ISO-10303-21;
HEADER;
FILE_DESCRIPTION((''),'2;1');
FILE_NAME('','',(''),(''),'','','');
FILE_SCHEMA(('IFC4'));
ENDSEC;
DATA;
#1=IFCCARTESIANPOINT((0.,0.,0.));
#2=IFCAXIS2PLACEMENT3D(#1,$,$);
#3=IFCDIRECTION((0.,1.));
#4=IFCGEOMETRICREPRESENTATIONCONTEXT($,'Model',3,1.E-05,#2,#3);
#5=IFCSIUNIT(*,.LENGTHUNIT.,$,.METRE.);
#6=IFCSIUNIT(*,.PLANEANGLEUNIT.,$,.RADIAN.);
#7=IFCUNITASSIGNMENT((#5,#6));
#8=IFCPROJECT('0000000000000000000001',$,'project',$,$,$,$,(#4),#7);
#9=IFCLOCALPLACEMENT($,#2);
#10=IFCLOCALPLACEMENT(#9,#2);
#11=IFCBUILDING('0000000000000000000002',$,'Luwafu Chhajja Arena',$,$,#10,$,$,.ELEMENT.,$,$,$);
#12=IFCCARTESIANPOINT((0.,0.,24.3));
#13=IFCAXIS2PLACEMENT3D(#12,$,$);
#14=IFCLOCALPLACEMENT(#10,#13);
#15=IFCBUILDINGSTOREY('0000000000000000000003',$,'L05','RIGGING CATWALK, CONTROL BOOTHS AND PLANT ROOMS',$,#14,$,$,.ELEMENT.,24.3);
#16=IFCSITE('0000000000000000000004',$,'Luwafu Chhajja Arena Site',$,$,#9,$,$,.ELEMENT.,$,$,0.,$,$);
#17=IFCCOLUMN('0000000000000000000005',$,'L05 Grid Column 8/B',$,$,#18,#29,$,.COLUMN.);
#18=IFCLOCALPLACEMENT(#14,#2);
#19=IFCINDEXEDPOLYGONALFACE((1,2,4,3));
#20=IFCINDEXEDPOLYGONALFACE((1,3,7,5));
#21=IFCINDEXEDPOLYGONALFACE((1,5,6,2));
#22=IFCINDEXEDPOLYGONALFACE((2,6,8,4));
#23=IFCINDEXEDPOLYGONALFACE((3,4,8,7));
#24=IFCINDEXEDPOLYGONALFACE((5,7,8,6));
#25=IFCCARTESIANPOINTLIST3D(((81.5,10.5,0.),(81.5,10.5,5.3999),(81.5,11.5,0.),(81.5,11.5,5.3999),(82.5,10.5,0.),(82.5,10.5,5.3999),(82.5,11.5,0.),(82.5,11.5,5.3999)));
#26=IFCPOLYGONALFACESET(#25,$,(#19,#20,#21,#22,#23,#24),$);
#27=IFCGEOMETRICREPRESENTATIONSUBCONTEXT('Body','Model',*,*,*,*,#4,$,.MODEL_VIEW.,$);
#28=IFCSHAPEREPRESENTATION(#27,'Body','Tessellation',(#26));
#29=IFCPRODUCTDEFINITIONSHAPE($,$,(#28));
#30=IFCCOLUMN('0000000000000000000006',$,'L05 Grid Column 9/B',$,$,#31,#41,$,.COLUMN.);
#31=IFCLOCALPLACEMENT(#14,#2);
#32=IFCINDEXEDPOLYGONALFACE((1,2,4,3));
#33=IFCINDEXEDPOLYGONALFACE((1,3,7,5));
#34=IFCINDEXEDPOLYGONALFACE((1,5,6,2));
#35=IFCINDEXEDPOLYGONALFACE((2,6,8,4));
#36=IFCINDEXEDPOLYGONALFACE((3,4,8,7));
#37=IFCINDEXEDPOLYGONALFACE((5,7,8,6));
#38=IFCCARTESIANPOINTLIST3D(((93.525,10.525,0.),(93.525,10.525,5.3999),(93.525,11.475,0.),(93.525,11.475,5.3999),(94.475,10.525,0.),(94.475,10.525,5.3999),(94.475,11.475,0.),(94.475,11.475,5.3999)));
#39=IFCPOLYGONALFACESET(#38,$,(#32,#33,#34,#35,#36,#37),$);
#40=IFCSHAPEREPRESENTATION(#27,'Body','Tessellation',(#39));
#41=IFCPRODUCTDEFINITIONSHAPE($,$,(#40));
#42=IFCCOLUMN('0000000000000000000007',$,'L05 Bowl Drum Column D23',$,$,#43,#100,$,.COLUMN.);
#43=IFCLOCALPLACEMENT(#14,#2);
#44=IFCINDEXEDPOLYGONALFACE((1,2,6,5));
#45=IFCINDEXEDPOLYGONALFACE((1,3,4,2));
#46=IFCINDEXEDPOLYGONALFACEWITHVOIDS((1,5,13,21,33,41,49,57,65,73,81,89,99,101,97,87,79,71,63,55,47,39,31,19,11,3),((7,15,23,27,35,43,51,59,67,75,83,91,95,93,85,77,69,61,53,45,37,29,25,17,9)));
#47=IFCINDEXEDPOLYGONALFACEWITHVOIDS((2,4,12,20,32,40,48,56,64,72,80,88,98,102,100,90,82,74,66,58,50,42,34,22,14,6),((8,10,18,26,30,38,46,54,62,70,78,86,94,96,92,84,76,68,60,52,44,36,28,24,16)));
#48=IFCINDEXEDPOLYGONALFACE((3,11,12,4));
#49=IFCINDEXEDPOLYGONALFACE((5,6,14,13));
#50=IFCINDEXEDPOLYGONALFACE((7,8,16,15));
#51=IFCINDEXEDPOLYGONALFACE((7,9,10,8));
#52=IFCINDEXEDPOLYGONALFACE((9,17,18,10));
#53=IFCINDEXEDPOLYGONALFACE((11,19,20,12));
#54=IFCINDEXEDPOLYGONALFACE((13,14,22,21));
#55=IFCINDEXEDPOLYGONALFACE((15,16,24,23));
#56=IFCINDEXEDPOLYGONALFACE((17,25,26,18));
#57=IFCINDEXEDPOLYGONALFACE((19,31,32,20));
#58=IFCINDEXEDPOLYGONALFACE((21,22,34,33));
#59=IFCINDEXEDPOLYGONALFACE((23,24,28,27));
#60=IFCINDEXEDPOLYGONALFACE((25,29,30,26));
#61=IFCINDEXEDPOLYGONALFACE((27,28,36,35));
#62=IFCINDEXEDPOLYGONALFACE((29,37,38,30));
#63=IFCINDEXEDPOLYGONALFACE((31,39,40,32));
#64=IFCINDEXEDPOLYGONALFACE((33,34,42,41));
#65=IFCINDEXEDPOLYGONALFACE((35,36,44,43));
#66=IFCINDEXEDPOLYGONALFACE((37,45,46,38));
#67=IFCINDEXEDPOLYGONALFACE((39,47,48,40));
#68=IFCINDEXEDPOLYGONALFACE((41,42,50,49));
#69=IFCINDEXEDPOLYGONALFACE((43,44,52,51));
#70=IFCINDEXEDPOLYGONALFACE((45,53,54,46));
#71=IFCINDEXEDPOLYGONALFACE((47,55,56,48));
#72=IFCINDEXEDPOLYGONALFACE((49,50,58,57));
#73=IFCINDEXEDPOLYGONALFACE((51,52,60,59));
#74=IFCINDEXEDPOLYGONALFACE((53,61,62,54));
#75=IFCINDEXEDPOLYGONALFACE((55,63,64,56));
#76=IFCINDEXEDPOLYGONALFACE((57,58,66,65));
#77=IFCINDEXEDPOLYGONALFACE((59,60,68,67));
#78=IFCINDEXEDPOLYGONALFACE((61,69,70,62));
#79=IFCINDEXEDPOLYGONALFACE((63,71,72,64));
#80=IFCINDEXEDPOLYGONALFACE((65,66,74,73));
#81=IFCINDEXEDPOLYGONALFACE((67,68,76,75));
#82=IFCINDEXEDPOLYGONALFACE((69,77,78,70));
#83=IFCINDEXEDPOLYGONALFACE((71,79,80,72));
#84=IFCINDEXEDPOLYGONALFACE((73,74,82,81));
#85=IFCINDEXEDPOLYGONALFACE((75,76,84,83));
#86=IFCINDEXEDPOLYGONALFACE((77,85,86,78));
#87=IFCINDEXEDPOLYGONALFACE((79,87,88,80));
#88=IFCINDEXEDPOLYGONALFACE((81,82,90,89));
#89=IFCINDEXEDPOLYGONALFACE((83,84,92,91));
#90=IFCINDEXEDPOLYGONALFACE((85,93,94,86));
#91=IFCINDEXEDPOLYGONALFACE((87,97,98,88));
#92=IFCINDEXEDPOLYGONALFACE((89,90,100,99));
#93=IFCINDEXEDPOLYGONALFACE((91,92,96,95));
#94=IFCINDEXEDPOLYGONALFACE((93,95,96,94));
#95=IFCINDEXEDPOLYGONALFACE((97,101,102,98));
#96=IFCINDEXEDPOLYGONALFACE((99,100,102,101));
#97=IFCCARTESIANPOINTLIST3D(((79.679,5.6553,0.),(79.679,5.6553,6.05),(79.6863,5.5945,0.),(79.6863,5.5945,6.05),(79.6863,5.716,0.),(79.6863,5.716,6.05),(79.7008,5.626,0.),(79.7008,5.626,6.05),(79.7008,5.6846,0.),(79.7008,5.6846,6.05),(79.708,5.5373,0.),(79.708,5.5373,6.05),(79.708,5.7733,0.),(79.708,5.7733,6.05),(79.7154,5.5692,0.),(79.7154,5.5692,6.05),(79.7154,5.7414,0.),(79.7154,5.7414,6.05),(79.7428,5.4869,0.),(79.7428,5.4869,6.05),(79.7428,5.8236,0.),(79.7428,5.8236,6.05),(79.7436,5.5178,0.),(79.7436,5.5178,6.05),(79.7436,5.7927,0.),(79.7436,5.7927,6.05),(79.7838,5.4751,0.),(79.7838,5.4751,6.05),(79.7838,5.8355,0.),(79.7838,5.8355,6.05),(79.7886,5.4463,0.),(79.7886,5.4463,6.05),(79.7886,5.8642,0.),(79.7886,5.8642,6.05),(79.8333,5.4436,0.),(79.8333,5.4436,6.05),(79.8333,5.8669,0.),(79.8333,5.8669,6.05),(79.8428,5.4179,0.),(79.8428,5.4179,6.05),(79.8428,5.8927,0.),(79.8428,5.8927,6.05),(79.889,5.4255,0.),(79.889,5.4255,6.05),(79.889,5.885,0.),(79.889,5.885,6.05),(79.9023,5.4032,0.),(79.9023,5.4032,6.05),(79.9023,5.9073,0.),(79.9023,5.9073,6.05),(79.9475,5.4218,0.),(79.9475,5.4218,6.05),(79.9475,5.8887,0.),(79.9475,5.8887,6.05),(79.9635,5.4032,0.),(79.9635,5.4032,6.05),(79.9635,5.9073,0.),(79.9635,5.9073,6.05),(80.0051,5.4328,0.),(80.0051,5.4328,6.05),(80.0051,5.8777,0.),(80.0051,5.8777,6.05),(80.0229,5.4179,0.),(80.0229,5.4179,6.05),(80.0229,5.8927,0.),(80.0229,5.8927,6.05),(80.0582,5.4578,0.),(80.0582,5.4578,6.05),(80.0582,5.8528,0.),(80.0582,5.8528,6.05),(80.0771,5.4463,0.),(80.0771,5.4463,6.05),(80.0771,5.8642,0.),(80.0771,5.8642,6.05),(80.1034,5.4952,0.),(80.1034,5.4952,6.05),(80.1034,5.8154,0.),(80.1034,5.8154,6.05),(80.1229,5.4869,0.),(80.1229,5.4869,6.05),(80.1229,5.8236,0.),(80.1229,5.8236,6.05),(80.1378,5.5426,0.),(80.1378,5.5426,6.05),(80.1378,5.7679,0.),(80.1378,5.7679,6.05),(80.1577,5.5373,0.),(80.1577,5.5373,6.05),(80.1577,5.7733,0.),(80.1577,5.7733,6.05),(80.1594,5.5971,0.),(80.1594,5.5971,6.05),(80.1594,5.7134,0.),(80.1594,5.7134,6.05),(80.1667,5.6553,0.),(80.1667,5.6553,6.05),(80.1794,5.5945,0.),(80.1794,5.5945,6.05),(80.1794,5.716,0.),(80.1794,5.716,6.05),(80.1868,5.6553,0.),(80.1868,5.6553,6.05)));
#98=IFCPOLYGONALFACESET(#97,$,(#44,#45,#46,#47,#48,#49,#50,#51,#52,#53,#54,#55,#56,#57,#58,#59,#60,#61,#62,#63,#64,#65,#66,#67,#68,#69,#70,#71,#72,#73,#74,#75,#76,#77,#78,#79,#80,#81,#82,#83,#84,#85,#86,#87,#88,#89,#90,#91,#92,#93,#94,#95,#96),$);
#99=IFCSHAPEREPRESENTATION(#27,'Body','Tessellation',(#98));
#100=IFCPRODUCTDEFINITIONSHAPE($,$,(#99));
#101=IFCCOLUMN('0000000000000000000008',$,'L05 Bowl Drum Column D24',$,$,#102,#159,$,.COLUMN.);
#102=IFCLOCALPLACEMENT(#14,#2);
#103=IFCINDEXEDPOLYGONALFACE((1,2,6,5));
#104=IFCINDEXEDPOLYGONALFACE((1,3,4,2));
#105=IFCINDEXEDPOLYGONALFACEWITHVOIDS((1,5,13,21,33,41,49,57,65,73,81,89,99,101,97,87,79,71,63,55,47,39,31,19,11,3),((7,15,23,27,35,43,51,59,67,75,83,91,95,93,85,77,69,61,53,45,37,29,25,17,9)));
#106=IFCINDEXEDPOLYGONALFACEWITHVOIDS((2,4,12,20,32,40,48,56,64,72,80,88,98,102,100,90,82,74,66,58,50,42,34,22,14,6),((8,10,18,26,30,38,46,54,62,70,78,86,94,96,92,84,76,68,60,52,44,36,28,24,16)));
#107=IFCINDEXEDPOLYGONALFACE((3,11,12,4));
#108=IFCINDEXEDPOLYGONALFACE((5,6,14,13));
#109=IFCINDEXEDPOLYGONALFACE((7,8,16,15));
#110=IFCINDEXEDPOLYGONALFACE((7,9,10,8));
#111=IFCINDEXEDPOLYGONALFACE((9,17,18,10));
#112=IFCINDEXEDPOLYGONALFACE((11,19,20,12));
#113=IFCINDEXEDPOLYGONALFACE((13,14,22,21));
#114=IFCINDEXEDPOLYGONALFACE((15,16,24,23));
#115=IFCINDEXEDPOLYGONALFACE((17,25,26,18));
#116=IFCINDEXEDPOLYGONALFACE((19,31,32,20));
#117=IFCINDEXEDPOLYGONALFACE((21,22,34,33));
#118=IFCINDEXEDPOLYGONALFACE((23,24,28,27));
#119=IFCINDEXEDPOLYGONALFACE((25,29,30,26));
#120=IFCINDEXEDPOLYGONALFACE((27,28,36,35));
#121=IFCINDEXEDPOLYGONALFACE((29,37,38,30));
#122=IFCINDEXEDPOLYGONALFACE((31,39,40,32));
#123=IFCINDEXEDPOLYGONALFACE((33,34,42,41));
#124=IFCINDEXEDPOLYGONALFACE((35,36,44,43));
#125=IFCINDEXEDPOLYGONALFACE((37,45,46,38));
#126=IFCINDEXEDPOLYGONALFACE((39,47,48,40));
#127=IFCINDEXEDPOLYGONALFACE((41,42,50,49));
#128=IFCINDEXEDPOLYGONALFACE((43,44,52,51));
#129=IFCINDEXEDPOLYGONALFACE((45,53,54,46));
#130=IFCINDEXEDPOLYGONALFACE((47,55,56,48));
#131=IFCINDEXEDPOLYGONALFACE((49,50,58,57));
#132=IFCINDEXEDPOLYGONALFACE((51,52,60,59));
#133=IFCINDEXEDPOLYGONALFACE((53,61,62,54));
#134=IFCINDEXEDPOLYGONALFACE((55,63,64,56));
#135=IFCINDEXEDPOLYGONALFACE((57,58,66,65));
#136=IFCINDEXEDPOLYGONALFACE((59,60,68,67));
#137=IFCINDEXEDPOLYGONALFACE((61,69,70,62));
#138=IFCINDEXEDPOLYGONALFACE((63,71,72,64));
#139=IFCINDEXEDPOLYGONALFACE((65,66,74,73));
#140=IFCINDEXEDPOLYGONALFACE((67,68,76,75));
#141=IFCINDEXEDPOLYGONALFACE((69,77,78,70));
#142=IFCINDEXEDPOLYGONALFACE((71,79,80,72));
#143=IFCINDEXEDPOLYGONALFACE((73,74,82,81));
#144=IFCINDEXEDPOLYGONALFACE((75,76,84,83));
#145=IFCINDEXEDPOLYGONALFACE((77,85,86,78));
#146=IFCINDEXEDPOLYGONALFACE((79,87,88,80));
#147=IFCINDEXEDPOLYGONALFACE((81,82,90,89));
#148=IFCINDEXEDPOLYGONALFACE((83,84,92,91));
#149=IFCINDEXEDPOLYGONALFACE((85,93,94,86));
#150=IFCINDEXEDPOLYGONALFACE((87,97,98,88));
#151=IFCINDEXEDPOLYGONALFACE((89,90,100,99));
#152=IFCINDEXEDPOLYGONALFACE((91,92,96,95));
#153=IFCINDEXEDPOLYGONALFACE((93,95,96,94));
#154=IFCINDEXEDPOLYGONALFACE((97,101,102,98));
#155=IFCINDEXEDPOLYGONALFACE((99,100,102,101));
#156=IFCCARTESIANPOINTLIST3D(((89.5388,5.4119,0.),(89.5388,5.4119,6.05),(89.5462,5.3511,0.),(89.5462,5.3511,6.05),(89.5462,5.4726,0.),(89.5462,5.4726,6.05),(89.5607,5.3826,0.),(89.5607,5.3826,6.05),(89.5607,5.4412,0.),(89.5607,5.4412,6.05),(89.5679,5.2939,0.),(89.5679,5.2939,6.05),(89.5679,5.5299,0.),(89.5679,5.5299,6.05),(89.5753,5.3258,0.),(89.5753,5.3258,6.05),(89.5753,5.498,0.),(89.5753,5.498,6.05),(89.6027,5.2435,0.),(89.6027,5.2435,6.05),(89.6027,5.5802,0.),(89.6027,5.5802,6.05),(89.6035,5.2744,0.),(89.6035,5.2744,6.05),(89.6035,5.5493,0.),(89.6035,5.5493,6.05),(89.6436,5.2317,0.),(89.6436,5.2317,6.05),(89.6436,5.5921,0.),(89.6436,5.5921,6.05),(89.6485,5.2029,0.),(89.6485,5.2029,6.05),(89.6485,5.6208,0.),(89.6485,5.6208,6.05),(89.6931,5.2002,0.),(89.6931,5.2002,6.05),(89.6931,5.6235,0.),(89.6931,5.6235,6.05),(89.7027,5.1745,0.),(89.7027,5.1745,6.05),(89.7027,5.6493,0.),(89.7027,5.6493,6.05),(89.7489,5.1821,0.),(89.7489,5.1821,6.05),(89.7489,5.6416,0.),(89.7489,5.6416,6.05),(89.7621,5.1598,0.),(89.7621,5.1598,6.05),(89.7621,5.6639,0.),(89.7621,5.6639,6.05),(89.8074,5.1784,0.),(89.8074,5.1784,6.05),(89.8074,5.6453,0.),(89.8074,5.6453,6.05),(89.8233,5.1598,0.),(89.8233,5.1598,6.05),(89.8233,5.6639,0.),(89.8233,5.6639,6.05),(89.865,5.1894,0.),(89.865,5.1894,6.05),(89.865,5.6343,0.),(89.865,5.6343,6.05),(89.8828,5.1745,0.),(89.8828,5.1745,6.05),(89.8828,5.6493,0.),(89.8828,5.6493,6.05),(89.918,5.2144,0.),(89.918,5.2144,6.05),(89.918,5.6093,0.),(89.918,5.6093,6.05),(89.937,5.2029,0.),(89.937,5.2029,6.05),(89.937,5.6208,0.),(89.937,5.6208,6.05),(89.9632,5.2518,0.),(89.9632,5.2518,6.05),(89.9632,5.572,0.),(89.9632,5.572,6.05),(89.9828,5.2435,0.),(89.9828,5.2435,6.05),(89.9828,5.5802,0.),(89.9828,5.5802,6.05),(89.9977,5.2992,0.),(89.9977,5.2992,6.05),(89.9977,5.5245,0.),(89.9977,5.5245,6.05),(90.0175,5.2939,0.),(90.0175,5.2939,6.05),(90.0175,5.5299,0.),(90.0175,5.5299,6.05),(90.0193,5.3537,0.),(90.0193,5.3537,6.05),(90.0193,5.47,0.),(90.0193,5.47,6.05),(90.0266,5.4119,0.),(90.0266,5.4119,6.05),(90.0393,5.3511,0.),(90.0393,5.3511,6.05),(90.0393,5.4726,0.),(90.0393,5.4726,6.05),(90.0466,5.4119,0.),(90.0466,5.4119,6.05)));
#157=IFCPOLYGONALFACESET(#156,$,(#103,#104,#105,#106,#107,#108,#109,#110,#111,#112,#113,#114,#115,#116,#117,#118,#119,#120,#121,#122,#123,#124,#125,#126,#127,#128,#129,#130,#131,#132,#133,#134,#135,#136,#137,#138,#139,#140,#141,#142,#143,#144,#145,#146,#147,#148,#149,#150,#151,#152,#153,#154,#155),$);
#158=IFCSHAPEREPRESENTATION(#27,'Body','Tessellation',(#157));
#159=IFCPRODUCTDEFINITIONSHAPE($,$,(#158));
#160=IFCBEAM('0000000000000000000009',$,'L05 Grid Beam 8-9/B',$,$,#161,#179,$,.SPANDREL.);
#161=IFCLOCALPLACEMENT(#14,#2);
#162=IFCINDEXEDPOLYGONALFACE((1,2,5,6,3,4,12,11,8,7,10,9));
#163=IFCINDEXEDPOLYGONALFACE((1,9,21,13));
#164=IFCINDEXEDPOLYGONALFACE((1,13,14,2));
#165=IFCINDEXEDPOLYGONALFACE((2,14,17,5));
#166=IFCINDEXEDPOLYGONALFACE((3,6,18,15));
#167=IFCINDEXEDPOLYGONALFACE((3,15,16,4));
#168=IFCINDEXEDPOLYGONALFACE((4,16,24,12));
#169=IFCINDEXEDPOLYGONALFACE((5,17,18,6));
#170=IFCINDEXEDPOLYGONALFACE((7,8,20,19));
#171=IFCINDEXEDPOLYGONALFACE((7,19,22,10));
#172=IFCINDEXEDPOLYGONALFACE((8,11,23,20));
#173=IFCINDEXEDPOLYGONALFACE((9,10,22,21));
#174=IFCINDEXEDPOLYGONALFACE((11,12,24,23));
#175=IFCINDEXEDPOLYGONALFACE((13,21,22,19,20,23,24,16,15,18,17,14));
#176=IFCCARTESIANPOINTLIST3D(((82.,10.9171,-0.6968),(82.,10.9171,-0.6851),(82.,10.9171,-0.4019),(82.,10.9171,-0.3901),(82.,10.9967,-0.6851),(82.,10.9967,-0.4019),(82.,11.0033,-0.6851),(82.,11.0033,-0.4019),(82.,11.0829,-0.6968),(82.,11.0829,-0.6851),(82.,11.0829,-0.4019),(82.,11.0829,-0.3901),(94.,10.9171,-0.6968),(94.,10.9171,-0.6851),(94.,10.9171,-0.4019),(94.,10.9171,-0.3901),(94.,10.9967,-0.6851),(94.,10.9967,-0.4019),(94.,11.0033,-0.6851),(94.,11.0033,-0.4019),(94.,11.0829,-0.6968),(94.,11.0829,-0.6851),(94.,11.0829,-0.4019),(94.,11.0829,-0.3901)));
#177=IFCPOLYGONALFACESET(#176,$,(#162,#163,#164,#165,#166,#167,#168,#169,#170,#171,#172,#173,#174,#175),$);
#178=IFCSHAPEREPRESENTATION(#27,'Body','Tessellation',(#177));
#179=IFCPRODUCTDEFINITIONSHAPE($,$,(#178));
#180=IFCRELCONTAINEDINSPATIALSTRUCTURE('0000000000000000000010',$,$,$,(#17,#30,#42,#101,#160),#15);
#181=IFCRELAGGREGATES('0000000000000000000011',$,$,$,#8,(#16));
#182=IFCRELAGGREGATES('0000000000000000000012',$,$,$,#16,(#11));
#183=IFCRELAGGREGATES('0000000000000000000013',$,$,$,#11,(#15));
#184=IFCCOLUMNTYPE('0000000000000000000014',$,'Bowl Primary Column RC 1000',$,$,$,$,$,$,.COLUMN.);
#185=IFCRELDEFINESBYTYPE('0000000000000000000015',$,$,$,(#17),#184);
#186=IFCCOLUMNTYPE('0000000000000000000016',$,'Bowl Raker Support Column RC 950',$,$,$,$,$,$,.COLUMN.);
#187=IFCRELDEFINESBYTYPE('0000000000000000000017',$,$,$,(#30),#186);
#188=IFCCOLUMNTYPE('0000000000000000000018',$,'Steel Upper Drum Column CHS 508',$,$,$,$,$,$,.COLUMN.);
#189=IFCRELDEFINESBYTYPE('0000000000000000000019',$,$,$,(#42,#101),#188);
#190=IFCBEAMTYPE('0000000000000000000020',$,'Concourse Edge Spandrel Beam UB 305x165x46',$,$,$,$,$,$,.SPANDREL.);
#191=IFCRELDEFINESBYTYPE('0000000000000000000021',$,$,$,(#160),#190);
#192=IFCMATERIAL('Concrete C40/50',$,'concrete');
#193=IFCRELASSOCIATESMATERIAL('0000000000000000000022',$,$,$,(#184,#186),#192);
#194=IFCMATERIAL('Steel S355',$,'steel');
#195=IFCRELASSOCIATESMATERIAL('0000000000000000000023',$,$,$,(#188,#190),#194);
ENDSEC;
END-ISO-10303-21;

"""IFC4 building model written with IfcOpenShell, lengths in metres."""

from ifc_helpers import new_model, si_unit, direction, frame, origin, origin_2d, place, context, subcontext, project, spatial, rectangle, hollow_circle, i_section, extrude, material, material_profile, profile_set, type_object, element, save


model = new_model("IFC4")

# Units and contexts
model_context = context("Model", 3, precision=1e-05, world=origin(), true_north=direction((0.0, 1.0)))
body_context = subcontext(model_context, "Body", "Model", "MODEL_VIEW")
ifc_project = project(units=[si_unit("LENGTHUNIT", "METRE"), si_unit("PLANEANGLEUNIT", "RADIAN")], contexts=[model_context])

# Site, building, storey
site_placement = place(None, origin())
site = spatial("IfcSite", under=ifc_project, at=site_placement, Name="Luwafu Chhajja Arena Site", CompositionType="ELEMENT", RefElevation=0.0)
building_placement = place(site_placement, origin())
building = spatial("IfcBuilding", under=site, at=building_placement, Name="Luwafu Chhajja Arena", CompositionType="ELEMENT")
storey_placement = place(building_placement, frame((0.0, 0.0, 24.3)))
storey = spatial("IfcBuildingStorey", under=building, at=storey_placement, Name="L05", Description="RIGGING CATWALK, CONTROL BOOTHS AND PLANT ROOMS", CompositionType="ELEMENT", Elevation=24.3)

# Columns
ifc_material_1 = material(Name="Concrete C40/50", Category="concrete")
ifc_material_profile_1 = material_profile(ifc_material_1, rectangle(XDim=1.0, YDim=1.0, at=origin_2d()), Name="RC 1000x1000")
ifc_profile_set_1 = profile_set([ifc_material_profile_1], Name="Concrete C40/50")
column_type_1 = type_object("IfcColumnType", Name="Bowl Primary Column RC 1000", PredefinedType="COLUMN", material=ifc_profile_set_1)
column_1_placement = place(storey_placement, frame((82.0, 11.0, 0.0), z_axis=(0.0, 0.0, 1.0), x_axis=(1.0, 0.0, 0.0)))
element("IfcColumn", 1, at=column_1_placement, inside=storey, type_object=column_type_1, Name="L05 Grid Column 8/B", PredefinedType="COLUMN", context=body_context, shape_type="SweptSolid", body=[
    extrude(rectangle(XDim=1.0, YDim=1.0, at=origin_2d()), origin(), (0.0, 0.0, 1.0), 5.3999),
])
ifc_material_profile_2 = material_profile(ifc_material_1, rectangle(XDim=0.95, YDim=0.95, at=origin_2d()), Name="RC 950x950")
ifc_profile_set_2 = profile_set([ifc_material_profile_2], Name="Concrete C40/50")
column_type_2 = type_object("IfcColumnType", Name="Bowl Raker Support Column RC 950", PredefinedType="COLUMN", material=ifc_profile_set_2)
column_2_placement = place(storey_placement, frame((94.0, 11.0, 0.0), z_axis=(0.0, 0.0, 1.0), x_axis=(1.0, 0.0, 0.0)))
element("IfcColumn", 2, at=column_2_placement, inside=storey, type_object=column_type_2, Name="L05 Grid Column 9/B", PredefinedType="COLUMN", context=body_context, shape_type="SweptSolid", body=[
    extrude(rectangle(XDim=0.95, YDim=0.95, at=origin_2d()), origin(), (0.0, 0.0, 1.0), 5.3999),
])
ifc_material_2 = material(Name="Steel S355", Category="steel")
ifc_material_profile_3 = material_profile(ifc_material_2, hollow_circle(Radius=0.2539, WallThickness=0.02, at=origin_2d()), Name="CHS 508x20")
ifc_profile_set_3 = profile_set([ifc_material_profile_3], Name="Steel S355")
column_type_3 = type_object("IfcColumnType", Name="Steel Upper Drum Column CHS 508", PredefinedType="COLUMN", material=ifc_profile_set_3)
for number, where, z_axis, x_axis, name in (
    (3, (79.9329, 5.6553, 0.0), (0.0, 0.0, 1.0), (1.0, 0.0, 0.0), "L05 Bowl Drum Column D23"),
    (4, (89.7927, 5.4119, 0.0), (0.0, 0.0, 1.0), (1.0, 0.0, 0.0), "L05 Bowl Drum Column D24"),
):
    element("IfcColumn", number, at=place(storey_placement, frame(where, z_axis=z_axis, x_axis=x_axis)), inside=storey, type_object=column_type_3, Name=name, PredefinedType="COLUMN", context=body_context, shape_type="SweptSolid", body=[
        extrude(hollow_circle(Radius=0.2539, WallThickness=0.02, at=origin_2d()), origin(), (0.0, 0.0, 1.0), 6.05),
    ])

# Beam
ifc_material_profile_4 = material_profile(ifc_material_2, i_section(OverallWidth=0.1658, OverallDepth=0.3066, WebThickness=0.0066, FlangeThickness=0.0117, at=origin_2d()), Name="UB 305x165x46")
ifc_profile_set_4 = profile_set([ifc_material_profile_4], Name="Steel S355")
beam_type_1 = type_object("IfcBeamType", Name="Concourse Edge Spandrel Beam UB 305x165x46", PredefinedType="SPANDREL", material=ifc_profile_set_4)
beam_1_placement = place(storey_placement, frame((82.0, 11.0, -0.5435), z_axis=(1.0, 0.0, 0.0), x_axis=(0.0, 1.0, 0.0)))
element("IfcBeam", 5, at=beam_1_placement, inside=storey, type_object=beam_type_1, Name="L05 Grid Beam 8-9/B", PredefinedType="SPANDREL", context=body_context, shape_type="SweptSolid", body=[
    extrude(i_section(OverallWidth=0.1658, OverallDepth=0.3066, WebThickness=0.0066, FlangeThickness=0.0117, at=origin_2d()), origin(), (0.0, 0.0, 1.0), 12.0),
])

save(model, "model.ifc")
